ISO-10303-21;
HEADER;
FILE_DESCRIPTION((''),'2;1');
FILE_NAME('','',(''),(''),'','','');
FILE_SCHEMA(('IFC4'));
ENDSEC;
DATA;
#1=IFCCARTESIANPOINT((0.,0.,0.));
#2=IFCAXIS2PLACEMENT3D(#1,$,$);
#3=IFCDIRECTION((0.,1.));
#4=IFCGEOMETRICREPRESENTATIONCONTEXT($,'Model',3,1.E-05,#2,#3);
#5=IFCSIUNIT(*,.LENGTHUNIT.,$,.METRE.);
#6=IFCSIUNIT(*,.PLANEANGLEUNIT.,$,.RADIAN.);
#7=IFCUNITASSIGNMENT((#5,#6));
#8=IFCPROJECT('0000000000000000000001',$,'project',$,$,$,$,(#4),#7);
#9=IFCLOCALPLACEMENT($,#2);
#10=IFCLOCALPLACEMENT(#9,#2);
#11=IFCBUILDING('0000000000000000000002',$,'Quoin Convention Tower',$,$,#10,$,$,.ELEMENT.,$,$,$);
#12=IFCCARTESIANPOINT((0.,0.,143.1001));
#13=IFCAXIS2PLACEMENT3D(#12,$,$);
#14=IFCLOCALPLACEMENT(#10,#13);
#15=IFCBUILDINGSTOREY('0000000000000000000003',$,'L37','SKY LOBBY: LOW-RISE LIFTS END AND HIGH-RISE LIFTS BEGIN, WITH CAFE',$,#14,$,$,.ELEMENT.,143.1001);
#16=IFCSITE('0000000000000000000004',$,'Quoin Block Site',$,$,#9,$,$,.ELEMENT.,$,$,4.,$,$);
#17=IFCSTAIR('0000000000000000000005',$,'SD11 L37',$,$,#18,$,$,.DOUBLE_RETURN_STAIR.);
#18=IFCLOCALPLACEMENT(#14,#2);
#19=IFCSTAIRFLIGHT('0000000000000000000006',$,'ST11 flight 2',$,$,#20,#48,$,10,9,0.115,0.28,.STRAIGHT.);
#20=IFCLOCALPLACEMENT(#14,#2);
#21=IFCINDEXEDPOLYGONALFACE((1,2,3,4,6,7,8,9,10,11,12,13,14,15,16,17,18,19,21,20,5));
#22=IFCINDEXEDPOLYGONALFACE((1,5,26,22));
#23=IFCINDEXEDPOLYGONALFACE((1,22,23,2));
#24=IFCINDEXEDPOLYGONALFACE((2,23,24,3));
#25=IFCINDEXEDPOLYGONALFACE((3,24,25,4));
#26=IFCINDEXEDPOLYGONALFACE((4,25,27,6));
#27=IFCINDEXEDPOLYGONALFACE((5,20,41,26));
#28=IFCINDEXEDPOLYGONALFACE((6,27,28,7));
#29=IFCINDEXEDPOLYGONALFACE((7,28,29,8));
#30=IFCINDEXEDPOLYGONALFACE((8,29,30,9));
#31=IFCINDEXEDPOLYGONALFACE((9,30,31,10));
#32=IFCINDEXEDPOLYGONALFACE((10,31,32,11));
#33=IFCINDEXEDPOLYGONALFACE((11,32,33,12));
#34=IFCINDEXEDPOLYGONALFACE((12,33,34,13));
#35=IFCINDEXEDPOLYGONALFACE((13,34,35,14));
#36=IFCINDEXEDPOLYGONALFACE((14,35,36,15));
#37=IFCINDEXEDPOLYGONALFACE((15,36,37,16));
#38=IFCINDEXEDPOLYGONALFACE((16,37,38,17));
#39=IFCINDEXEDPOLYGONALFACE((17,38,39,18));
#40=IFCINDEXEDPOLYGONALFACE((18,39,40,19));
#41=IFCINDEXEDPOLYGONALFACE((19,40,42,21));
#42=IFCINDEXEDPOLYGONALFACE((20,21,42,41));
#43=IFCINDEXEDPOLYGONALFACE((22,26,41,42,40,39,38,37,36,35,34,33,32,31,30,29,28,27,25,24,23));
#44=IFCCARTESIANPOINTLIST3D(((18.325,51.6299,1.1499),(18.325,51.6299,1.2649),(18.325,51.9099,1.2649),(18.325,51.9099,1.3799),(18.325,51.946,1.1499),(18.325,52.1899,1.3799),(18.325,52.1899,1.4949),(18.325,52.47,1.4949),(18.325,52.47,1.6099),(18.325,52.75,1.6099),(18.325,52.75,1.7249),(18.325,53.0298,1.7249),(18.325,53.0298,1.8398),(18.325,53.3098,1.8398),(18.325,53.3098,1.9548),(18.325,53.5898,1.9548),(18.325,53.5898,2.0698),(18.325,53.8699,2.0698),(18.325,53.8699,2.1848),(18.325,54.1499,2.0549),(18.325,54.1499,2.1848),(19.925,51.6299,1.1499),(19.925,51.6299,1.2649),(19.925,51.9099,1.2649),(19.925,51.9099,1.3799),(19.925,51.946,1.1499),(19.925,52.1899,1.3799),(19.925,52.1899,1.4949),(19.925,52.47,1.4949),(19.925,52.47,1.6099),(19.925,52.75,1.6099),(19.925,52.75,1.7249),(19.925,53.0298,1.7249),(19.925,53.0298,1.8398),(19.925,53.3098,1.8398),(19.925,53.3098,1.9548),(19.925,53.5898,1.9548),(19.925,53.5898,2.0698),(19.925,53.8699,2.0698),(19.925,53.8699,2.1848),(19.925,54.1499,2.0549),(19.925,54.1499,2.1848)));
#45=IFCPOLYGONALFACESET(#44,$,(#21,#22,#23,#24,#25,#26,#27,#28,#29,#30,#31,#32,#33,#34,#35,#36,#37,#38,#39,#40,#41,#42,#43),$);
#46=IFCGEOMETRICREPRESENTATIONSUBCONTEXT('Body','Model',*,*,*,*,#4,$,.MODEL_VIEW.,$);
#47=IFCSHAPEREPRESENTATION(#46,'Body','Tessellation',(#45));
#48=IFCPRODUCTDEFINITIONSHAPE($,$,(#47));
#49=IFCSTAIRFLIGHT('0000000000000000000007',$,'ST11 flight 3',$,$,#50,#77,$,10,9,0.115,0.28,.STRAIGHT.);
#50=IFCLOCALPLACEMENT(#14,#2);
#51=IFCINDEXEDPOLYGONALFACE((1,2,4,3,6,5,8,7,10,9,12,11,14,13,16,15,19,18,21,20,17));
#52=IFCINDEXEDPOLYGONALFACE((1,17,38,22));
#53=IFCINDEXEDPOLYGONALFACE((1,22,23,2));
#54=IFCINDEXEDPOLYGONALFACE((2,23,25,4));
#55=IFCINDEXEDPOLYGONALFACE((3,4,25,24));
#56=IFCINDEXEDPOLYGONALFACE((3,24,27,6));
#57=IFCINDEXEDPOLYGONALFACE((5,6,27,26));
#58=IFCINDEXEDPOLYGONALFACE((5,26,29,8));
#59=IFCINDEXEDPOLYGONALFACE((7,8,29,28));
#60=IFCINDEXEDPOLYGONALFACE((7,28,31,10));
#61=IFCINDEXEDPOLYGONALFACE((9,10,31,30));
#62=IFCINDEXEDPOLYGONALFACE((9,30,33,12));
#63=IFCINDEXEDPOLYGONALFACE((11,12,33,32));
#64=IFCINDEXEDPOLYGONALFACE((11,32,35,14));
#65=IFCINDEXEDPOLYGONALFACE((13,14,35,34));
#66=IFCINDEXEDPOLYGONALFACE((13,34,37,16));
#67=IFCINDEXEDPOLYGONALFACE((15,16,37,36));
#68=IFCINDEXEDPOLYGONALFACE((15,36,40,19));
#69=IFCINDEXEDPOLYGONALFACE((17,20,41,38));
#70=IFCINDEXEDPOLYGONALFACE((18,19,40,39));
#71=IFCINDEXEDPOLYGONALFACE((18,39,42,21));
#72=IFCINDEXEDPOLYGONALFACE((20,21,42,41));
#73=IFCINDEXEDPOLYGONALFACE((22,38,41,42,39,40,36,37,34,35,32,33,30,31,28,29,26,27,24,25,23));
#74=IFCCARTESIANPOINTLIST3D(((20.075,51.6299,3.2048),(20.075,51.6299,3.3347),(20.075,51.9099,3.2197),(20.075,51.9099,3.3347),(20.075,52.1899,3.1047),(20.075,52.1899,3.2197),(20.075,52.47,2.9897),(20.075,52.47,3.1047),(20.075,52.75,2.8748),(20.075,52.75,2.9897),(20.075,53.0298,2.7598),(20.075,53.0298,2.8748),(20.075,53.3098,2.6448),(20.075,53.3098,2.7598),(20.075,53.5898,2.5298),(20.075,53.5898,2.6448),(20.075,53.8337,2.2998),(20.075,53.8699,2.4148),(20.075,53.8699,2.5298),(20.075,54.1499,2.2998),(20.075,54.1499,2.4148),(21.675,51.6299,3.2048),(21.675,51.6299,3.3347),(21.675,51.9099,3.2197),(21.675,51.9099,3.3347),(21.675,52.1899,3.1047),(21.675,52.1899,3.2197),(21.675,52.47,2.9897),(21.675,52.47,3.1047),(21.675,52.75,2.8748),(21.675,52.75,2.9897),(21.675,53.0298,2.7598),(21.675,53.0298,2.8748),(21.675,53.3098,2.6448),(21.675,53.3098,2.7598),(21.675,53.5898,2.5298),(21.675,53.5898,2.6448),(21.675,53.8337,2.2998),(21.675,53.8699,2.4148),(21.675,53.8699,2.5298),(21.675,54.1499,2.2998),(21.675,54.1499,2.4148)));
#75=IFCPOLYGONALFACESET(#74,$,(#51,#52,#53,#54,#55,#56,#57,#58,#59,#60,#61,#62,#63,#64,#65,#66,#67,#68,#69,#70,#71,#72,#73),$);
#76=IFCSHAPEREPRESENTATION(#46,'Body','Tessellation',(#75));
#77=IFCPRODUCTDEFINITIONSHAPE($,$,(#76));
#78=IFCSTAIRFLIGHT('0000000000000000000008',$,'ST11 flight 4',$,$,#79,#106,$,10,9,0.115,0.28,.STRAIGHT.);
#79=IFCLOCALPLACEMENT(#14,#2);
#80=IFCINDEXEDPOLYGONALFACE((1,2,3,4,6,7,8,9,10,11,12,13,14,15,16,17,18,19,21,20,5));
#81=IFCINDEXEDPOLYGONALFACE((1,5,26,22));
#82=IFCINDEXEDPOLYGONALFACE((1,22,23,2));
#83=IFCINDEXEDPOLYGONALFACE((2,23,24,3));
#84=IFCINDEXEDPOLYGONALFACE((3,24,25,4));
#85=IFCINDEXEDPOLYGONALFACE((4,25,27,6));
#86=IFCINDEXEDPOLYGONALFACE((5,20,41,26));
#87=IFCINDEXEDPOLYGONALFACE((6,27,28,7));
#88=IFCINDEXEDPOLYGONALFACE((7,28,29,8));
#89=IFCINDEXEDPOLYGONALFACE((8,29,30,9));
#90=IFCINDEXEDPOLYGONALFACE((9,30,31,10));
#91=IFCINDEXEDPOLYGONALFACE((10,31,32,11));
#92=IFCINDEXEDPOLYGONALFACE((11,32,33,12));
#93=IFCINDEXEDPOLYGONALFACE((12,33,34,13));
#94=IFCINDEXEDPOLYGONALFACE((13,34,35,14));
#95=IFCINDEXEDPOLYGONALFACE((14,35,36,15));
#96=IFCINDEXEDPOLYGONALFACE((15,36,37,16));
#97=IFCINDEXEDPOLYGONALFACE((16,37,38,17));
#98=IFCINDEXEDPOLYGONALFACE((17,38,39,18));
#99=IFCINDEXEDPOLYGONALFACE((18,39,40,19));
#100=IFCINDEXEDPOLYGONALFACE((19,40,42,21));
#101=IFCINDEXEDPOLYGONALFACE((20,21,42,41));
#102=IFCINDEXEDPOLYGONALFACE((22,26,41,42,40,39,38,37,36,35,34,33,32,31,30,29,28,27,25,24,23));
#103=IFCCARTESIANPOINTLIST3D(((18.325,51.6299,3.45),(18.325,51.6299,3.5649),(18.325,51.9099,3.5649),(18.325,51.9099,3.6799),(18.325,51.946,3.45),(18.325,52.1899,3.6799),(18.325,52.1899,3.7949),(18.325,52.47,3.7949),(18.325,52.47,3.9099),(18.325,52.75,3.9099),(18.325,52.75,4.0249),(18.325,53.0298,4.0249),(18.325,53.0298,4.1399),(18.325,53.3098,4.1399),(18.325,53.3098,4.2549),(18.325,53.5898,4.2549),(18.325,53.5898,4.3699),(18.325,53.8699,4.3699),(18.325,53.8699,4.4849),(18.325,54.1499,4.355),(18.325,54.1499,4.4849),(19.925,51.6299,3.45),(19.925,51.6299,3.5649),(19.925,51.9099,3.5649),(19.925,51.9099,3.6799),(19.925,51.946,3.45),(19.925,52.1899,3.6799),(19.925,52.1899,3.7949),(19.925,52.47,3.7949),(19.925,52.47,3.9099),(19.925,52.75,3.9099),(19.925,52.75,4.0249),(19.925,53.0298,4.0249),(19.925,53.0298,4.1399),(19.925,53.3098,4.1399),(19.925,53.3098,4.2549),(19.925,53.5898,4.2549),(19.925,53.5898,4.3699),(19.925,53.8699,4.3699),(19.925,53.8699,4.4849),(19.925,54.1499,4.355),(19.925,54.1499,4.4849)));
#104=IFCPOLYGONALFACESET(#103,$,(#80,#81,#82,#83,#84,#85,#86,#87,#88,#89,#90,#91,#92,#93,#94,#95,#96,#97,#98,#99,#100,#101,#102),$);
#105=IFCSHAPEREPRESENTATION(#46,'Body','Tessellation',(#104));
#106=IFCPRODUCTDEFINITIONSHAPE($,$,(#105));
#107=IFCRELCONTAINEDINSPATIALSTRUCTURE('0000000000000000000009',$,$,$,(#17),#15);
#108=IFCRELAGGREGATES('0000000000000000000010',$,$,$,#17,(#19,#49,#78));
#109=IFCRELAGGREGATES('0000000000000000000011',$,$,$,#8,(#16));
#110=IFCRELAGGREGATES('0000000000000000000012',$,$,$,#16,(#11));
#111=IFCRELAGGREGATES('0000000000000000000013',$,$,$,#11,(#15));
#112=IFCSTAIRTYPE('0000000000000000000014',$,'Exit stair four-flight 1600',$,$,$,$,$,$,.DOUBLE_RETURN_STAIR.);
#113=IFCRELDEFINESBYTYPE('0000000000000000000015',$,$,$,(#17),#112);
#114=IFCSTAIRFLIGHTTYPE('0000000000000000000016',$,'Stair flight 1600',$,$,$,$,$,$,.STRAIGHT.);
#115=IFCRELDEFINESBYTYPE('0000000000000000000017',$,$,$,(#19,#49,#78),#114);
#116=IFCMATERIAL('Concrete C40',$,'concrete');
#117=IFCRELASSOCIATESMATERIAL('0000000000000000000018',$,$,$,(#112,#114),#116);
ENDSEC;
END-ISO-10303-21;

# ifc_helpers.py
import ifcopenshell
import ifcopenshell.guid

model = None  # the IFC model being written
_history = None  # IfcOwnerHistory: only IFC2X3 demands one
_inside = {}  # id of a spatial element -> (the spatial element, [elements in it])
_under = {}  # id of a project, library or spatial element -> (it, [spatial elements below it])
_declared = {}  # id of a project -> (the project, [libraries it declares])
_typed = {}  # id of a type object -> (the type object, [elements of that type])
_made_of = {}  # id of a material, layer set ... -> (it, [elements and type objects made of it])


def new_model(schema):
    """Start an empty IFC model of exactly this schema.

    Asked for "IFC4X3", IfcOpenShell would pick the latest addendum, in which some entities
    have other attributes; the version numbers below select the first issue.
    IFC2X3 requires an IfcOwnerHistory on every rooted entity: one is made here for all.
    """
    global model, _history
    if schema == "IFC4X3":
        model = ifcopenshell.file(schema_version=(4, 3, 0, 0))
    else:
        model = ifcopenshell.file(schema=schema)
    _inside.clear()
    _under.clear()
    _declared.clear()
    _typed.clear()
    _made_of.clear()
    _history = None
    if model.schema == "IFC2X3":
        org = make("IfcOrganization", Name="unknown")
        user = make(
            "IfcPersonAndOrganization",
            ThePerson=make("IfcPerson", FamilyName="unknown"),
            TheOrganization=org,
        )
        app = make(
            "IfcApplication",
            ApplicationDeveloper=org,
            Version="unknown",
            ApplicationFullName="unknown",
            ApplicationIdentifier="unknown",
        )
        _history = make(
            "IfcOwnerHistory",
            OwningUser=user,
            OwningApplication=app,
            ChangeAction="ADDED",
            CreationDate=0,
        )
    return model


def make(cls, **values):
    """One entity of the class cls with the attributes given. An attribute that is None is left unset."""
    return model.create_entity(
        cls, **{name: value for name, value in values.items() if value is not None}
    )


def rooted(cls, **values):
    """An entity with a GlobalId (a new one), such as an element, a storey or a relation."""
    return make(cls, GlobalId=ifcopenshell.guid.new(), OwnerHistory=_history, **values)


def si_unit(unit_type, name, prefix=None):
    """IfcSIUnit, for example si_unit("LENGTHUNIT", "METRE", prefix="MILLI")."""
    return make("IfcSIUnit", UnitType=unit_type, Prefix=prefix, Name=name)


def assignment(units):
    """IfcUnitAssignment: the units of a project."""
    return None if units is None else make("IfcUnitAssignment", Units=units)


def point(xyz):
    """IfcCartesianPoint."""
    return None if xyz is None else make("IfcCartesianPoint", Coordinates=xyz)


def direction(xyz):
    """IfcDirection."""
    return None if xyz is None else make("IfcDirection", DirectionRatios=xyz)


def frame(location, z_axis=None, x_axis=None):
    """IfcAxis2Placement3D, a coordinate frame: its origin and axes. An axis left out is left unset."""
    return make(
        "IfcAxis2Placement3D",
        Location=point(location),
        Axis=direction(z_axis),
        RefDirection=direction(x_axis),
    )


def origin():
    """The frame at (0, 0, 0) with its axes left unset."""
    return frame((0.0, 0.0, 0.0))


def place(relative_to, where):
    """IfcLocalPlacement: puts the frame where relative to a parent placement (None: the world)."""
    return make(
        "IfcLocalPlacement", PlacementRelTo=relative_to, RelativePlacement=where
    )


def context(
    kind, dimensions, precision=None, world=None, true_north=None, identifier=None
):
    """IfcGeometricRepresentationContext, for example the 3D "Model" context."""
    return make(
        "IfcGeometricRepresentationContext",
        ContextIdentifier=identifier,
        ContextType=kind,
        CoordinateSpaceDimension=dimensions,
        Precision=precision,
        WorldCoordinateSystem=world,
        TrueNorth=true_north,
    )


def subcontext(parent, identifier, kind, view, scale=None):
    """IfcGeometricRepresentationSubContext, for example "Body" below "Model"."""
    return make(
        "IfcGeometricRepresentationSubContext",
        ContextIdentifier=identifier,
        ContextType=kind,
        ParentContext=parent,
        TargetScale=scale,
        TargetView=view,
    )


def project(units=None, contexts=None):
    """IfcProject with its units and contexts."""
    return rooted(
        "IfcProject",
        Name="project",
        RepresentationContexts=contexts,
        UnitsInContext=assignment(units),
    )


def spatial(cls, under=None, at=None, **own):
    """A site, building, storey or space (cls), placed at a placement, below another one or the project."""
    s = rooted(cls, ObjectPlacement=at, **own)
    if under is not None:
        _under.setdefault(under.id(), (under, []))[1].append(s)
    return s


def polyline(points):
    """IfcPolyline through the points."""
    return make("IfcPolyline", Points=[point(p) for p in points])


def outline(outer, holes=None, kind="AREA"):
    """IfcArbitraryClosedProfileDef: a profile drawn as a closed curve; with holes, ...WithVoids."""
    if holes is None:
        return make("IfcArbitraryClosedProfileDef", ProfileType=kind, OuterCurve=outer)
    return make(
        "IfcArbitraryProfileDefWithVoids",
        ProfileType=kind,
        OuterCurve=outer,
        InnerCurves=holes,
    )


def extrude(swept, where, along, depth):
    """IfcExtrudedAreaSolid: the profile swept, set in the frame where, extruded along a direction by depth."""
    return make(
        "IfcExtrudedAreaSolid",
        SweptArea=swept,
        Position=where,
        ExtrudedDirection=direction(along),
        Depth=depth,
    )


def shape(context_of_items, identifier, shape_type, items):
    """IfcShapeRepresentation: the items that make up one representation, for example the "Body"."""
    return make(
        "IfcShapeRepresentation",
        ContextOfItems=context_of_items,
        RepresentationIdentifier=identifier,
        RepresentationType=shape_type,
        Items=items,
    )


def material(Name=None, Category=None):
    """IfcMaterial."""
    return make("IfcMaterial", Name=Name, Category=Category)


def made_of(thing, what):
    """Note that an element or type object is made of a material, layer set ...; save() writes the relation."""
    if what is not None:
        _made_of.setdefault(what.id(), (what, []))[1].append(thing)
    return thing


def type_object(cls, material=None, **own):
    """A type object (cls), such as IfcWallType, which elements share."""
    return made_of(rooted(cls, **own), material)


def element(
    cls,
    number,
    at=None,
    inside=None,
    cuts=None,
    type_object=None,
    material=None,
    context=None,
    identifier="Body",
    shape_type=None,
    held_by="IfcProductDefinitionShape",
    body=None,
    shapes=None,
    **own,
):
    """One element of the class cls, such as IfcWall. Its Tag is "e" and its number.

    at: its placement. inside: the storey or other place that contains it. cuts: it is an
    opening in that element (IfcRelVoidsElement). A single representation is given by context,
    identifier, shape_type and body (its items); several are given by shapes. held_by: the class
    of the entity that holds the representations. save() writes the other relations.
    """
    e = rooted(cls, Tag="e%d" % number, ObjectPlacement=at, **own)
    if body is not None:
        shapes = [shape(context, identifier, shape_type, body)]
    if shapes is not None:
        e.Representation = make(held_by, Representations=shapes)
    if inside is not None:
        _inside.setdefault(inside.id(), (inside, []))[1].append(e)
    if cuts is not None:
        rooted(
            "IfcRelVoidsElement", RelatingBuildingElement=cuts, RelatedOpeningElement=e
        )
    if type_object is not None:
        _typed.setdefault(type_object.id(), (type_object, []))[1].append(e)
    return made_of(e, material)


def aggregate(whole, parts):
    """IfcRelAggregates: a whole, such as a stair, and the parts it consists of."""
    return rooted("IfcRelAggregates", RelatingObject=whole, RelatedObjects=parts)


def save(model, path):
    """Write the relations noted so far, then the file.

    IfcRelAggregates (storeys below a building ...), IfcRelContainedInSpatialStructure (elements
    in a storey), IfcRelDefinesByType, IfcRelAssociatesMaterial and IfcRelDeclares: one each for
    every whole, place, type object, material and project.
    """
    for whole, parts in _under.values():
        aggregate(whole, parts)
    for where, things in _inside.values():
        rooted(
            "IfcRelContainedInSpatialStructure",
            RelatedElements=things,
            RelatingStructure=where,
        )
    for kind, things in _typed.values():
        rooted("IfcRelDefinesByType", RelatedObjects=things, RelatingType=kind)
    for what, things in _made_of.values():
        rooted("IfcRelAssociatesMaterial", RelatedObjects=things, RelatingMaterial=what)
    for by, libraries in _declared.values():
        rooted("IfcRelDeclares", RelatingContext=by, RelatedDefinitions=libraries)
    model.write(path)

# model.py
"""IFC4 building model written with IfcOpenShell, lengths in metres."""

from ifc_helpers import new_model, si_unit, direction, frame, origin, place, context, subcontext, project, spatial, polyline, outline, extrude, material, type_object, element, aggregate, save


model = new_model("IFC4")

# Units and contexts
model_context = context("Model", 3, precision=1e-05, world=origin(), true_north=direction((0.0, 1.0)))
body_context = subcontext(model_context, "Body", "Model", "MODEL_VIEW")
ifc_project = project(units=[si_unit("LENGTHUNIT", "METRE"), si_unit("PLANEANGLEUNIT", "RADIAN")], contexts=[model_context])

# Site, building, storey
site_placement = place(None, origin())
site = spatial("IfcSite", under=ifc_project, at=site_placement, Name="Quoin Block Site", CompositionType="ELEMENT", RefElevation=4.0)
building_placement = place(site_placement, origin())
building = spatial("IfcBuilding", under=site, at=building_placement, Name="Quoin Convention Tower", CompositionType="ELEMENT")
storey_placement = place(building_placement, frame((0.0, 0.0, 143.1001)))
storey = spatial("IfcBuildingStorey", under=building, at=storey_placement, Name="L37", Description="SKY LOBBY: LOW-RISE LIFTS END AND HIGH-RISE LIFTS BEGIN, WITH CAFE", CompositionType="ELEMENT", Elevation=143.1001)

# Stair, stair flights
ifc_material_1 = material(Name="Concrete C40", Category="concrete")
stair_type = type_object("IfcStairType", Name="Exit stair four-flight 1600", PredefinedType="DOUBLE_RETURN_STAIR", material=ifc_material_1)
stair_placement = place(storey_placement, origin())
stair = element("IfcStair", 1, at=stair_placement, inside=storey, type_object=stair_type, Name="SD11 L37", PredefinedType="DOUBLE_RETURN_STAIR")
stair_flight_type = type_object("IfcStairFlightType", Name="Stair flight 1600", PredefinedType="STRAIGHT", material=ifc_material_1)
stair_flight_1_placement = place(storey_placement, frame((19.125, 51.6299, 1.1499), z_axis=(0.0, 0.0, 1.0), x_axis=(0.0, 1.0, 0.0)))
stair_flight_1 = element("IfcStairFlight", 2, at=stair_flight_1_placement, type_object=stair_flight_type, Name="ST11 flight 2", NumberOfRisers=10, NumberOfTreads=9, PredefinedType="STRAIGHT", RiserHeight=0.115, TreadLength=0.28, context=body_context, shape_type="SweptSolid", body=[
    extrude(outline(polyline([(0.0, 0.0), (0.0, 0.115), (0.28, 0.115), (0.28, 0.23), (0.5601, 0.23), (0.5601, 0.345), (0.8401, 0.345), (0.8401, 0.46), (1.1201, 0.46), (1.1201, 0.575), (1.3999, 0.575), (1.3999, 0.6899), (1.6799, 0.6899), (1.6799, 0.8049), (1.96, 0.8049), (1.96, 0.9199), (2.24, 0.9199), (2.24, 1.0349), (2.52, 1.0349), (2.52, 1.1499), (2.52, 0.905), (0.3162, 0.0), (0.0, 0.0)])), frame((0.0, 0.8, 0.0), z_axis=(0.0, -1.0, 0.0), x_axis=(1.0, 0.0, 0.0)), (0.0, 0.0, 1.0), 1.6001),
])
stair_flight_2_placement = place(storey_placement, frame((20.875, 54.1499, 2.2998), z_axis=(0.0, 0.0, 1.0), x_axis=(0.0, -1.0, 0.0)))
stair_flight_2 = element("IfcStairFlight", 3, at=stair_flight_2_placement, type_object=stair_flight_type, Name="ST11 flight 3", NumberOfRisers=10, NumberOfTreads=9, PredefinedType="STRAIGHT", RiserHeight=0.115, TreadLength=0.28, context=body_context, shape_type="SweptSolid", body=[
    extrude(outline(polyline([(0.0, 0.0), (0.0, 0.115), (0.28, 0.115), (0.28, 0.23), (0.5601, 0.23), (0.5601, 0.345), (0.8401, 0.345), (0.8401, 0.46), (1.1201, 0.46), (1.1201, 0.575), (1.3999, 0.575), (1.3999, 0.6899), (1.6799, 0.6899), (1.6799, 0.8049), (1.96, 0.8049), (1.96, 0.9199), (2.24, 0.9199), (2.24, 1.0349), (2.52, 1.0349), (2.52, 1.1499), (2.52, 0.905), (0.3162, 0.0), (0.0, 0.0)])), frame((0.0, 0.8, 0.0), z_axis=(0.0, -1.0, 0.0), x_axis=(1.0, 0.0, 0.0)), (0.0, 0.0, 1.0), 1.6001),
])
stair_flight_3_placement = place(storey_placement, frame((19.125, 51.6299, 3.45), z_axis=(0.0, 0.0, 1.0), x_axis=(0.0, 1.0, 0.0)))
stair_flight_3 = element("IfcStairFlight", 4, at=stair_flight_3_placement, type_object=stair_flight_type, Name="ST11 flight 4", NumberOfRisers=10, NumberOfTreads=9, PredefinedType="STRAIGHT", RiserHeight=0.115, TreadLength=0.28, context=body_context, shape_type="SweptSolid", body=[
    extrude(outline(polyline([(0.0, 0.0), (0.0, 0.115), (0.28, 0.115), (0.28, 0.23), (0.5601, 0.23), (0.5601, 0.345), (0.8401, 0.345), (0.8401, 0.46), (1.1201, 0.46), (1.1201, 0.575), (1.3999, 0.575), (1.3999, 0.6899), (1.6799, 0.6899), (1.6799, 0.8049), (1.96, 0.8049), (1.96, 0.9199), (2.24, 0.9199), (2.24, 1.0349), (2.52, 1.0349), (2.52, 1.1499), (2.52, 0.905), (0.3162, 0.0), (0.0, 0.0)])), frame((0.0, 0.8, 0.0), z_axis=(0.0, -1.0, 0.0), x_axis=(1.0, 0.0, 0.0)), (0.0, 0.0, 1.0), 1.6001),
])
aggregate(stair, [stair_flight_1, stair_flight_2, stair_flight_3])

save(model, "model.ifc")
